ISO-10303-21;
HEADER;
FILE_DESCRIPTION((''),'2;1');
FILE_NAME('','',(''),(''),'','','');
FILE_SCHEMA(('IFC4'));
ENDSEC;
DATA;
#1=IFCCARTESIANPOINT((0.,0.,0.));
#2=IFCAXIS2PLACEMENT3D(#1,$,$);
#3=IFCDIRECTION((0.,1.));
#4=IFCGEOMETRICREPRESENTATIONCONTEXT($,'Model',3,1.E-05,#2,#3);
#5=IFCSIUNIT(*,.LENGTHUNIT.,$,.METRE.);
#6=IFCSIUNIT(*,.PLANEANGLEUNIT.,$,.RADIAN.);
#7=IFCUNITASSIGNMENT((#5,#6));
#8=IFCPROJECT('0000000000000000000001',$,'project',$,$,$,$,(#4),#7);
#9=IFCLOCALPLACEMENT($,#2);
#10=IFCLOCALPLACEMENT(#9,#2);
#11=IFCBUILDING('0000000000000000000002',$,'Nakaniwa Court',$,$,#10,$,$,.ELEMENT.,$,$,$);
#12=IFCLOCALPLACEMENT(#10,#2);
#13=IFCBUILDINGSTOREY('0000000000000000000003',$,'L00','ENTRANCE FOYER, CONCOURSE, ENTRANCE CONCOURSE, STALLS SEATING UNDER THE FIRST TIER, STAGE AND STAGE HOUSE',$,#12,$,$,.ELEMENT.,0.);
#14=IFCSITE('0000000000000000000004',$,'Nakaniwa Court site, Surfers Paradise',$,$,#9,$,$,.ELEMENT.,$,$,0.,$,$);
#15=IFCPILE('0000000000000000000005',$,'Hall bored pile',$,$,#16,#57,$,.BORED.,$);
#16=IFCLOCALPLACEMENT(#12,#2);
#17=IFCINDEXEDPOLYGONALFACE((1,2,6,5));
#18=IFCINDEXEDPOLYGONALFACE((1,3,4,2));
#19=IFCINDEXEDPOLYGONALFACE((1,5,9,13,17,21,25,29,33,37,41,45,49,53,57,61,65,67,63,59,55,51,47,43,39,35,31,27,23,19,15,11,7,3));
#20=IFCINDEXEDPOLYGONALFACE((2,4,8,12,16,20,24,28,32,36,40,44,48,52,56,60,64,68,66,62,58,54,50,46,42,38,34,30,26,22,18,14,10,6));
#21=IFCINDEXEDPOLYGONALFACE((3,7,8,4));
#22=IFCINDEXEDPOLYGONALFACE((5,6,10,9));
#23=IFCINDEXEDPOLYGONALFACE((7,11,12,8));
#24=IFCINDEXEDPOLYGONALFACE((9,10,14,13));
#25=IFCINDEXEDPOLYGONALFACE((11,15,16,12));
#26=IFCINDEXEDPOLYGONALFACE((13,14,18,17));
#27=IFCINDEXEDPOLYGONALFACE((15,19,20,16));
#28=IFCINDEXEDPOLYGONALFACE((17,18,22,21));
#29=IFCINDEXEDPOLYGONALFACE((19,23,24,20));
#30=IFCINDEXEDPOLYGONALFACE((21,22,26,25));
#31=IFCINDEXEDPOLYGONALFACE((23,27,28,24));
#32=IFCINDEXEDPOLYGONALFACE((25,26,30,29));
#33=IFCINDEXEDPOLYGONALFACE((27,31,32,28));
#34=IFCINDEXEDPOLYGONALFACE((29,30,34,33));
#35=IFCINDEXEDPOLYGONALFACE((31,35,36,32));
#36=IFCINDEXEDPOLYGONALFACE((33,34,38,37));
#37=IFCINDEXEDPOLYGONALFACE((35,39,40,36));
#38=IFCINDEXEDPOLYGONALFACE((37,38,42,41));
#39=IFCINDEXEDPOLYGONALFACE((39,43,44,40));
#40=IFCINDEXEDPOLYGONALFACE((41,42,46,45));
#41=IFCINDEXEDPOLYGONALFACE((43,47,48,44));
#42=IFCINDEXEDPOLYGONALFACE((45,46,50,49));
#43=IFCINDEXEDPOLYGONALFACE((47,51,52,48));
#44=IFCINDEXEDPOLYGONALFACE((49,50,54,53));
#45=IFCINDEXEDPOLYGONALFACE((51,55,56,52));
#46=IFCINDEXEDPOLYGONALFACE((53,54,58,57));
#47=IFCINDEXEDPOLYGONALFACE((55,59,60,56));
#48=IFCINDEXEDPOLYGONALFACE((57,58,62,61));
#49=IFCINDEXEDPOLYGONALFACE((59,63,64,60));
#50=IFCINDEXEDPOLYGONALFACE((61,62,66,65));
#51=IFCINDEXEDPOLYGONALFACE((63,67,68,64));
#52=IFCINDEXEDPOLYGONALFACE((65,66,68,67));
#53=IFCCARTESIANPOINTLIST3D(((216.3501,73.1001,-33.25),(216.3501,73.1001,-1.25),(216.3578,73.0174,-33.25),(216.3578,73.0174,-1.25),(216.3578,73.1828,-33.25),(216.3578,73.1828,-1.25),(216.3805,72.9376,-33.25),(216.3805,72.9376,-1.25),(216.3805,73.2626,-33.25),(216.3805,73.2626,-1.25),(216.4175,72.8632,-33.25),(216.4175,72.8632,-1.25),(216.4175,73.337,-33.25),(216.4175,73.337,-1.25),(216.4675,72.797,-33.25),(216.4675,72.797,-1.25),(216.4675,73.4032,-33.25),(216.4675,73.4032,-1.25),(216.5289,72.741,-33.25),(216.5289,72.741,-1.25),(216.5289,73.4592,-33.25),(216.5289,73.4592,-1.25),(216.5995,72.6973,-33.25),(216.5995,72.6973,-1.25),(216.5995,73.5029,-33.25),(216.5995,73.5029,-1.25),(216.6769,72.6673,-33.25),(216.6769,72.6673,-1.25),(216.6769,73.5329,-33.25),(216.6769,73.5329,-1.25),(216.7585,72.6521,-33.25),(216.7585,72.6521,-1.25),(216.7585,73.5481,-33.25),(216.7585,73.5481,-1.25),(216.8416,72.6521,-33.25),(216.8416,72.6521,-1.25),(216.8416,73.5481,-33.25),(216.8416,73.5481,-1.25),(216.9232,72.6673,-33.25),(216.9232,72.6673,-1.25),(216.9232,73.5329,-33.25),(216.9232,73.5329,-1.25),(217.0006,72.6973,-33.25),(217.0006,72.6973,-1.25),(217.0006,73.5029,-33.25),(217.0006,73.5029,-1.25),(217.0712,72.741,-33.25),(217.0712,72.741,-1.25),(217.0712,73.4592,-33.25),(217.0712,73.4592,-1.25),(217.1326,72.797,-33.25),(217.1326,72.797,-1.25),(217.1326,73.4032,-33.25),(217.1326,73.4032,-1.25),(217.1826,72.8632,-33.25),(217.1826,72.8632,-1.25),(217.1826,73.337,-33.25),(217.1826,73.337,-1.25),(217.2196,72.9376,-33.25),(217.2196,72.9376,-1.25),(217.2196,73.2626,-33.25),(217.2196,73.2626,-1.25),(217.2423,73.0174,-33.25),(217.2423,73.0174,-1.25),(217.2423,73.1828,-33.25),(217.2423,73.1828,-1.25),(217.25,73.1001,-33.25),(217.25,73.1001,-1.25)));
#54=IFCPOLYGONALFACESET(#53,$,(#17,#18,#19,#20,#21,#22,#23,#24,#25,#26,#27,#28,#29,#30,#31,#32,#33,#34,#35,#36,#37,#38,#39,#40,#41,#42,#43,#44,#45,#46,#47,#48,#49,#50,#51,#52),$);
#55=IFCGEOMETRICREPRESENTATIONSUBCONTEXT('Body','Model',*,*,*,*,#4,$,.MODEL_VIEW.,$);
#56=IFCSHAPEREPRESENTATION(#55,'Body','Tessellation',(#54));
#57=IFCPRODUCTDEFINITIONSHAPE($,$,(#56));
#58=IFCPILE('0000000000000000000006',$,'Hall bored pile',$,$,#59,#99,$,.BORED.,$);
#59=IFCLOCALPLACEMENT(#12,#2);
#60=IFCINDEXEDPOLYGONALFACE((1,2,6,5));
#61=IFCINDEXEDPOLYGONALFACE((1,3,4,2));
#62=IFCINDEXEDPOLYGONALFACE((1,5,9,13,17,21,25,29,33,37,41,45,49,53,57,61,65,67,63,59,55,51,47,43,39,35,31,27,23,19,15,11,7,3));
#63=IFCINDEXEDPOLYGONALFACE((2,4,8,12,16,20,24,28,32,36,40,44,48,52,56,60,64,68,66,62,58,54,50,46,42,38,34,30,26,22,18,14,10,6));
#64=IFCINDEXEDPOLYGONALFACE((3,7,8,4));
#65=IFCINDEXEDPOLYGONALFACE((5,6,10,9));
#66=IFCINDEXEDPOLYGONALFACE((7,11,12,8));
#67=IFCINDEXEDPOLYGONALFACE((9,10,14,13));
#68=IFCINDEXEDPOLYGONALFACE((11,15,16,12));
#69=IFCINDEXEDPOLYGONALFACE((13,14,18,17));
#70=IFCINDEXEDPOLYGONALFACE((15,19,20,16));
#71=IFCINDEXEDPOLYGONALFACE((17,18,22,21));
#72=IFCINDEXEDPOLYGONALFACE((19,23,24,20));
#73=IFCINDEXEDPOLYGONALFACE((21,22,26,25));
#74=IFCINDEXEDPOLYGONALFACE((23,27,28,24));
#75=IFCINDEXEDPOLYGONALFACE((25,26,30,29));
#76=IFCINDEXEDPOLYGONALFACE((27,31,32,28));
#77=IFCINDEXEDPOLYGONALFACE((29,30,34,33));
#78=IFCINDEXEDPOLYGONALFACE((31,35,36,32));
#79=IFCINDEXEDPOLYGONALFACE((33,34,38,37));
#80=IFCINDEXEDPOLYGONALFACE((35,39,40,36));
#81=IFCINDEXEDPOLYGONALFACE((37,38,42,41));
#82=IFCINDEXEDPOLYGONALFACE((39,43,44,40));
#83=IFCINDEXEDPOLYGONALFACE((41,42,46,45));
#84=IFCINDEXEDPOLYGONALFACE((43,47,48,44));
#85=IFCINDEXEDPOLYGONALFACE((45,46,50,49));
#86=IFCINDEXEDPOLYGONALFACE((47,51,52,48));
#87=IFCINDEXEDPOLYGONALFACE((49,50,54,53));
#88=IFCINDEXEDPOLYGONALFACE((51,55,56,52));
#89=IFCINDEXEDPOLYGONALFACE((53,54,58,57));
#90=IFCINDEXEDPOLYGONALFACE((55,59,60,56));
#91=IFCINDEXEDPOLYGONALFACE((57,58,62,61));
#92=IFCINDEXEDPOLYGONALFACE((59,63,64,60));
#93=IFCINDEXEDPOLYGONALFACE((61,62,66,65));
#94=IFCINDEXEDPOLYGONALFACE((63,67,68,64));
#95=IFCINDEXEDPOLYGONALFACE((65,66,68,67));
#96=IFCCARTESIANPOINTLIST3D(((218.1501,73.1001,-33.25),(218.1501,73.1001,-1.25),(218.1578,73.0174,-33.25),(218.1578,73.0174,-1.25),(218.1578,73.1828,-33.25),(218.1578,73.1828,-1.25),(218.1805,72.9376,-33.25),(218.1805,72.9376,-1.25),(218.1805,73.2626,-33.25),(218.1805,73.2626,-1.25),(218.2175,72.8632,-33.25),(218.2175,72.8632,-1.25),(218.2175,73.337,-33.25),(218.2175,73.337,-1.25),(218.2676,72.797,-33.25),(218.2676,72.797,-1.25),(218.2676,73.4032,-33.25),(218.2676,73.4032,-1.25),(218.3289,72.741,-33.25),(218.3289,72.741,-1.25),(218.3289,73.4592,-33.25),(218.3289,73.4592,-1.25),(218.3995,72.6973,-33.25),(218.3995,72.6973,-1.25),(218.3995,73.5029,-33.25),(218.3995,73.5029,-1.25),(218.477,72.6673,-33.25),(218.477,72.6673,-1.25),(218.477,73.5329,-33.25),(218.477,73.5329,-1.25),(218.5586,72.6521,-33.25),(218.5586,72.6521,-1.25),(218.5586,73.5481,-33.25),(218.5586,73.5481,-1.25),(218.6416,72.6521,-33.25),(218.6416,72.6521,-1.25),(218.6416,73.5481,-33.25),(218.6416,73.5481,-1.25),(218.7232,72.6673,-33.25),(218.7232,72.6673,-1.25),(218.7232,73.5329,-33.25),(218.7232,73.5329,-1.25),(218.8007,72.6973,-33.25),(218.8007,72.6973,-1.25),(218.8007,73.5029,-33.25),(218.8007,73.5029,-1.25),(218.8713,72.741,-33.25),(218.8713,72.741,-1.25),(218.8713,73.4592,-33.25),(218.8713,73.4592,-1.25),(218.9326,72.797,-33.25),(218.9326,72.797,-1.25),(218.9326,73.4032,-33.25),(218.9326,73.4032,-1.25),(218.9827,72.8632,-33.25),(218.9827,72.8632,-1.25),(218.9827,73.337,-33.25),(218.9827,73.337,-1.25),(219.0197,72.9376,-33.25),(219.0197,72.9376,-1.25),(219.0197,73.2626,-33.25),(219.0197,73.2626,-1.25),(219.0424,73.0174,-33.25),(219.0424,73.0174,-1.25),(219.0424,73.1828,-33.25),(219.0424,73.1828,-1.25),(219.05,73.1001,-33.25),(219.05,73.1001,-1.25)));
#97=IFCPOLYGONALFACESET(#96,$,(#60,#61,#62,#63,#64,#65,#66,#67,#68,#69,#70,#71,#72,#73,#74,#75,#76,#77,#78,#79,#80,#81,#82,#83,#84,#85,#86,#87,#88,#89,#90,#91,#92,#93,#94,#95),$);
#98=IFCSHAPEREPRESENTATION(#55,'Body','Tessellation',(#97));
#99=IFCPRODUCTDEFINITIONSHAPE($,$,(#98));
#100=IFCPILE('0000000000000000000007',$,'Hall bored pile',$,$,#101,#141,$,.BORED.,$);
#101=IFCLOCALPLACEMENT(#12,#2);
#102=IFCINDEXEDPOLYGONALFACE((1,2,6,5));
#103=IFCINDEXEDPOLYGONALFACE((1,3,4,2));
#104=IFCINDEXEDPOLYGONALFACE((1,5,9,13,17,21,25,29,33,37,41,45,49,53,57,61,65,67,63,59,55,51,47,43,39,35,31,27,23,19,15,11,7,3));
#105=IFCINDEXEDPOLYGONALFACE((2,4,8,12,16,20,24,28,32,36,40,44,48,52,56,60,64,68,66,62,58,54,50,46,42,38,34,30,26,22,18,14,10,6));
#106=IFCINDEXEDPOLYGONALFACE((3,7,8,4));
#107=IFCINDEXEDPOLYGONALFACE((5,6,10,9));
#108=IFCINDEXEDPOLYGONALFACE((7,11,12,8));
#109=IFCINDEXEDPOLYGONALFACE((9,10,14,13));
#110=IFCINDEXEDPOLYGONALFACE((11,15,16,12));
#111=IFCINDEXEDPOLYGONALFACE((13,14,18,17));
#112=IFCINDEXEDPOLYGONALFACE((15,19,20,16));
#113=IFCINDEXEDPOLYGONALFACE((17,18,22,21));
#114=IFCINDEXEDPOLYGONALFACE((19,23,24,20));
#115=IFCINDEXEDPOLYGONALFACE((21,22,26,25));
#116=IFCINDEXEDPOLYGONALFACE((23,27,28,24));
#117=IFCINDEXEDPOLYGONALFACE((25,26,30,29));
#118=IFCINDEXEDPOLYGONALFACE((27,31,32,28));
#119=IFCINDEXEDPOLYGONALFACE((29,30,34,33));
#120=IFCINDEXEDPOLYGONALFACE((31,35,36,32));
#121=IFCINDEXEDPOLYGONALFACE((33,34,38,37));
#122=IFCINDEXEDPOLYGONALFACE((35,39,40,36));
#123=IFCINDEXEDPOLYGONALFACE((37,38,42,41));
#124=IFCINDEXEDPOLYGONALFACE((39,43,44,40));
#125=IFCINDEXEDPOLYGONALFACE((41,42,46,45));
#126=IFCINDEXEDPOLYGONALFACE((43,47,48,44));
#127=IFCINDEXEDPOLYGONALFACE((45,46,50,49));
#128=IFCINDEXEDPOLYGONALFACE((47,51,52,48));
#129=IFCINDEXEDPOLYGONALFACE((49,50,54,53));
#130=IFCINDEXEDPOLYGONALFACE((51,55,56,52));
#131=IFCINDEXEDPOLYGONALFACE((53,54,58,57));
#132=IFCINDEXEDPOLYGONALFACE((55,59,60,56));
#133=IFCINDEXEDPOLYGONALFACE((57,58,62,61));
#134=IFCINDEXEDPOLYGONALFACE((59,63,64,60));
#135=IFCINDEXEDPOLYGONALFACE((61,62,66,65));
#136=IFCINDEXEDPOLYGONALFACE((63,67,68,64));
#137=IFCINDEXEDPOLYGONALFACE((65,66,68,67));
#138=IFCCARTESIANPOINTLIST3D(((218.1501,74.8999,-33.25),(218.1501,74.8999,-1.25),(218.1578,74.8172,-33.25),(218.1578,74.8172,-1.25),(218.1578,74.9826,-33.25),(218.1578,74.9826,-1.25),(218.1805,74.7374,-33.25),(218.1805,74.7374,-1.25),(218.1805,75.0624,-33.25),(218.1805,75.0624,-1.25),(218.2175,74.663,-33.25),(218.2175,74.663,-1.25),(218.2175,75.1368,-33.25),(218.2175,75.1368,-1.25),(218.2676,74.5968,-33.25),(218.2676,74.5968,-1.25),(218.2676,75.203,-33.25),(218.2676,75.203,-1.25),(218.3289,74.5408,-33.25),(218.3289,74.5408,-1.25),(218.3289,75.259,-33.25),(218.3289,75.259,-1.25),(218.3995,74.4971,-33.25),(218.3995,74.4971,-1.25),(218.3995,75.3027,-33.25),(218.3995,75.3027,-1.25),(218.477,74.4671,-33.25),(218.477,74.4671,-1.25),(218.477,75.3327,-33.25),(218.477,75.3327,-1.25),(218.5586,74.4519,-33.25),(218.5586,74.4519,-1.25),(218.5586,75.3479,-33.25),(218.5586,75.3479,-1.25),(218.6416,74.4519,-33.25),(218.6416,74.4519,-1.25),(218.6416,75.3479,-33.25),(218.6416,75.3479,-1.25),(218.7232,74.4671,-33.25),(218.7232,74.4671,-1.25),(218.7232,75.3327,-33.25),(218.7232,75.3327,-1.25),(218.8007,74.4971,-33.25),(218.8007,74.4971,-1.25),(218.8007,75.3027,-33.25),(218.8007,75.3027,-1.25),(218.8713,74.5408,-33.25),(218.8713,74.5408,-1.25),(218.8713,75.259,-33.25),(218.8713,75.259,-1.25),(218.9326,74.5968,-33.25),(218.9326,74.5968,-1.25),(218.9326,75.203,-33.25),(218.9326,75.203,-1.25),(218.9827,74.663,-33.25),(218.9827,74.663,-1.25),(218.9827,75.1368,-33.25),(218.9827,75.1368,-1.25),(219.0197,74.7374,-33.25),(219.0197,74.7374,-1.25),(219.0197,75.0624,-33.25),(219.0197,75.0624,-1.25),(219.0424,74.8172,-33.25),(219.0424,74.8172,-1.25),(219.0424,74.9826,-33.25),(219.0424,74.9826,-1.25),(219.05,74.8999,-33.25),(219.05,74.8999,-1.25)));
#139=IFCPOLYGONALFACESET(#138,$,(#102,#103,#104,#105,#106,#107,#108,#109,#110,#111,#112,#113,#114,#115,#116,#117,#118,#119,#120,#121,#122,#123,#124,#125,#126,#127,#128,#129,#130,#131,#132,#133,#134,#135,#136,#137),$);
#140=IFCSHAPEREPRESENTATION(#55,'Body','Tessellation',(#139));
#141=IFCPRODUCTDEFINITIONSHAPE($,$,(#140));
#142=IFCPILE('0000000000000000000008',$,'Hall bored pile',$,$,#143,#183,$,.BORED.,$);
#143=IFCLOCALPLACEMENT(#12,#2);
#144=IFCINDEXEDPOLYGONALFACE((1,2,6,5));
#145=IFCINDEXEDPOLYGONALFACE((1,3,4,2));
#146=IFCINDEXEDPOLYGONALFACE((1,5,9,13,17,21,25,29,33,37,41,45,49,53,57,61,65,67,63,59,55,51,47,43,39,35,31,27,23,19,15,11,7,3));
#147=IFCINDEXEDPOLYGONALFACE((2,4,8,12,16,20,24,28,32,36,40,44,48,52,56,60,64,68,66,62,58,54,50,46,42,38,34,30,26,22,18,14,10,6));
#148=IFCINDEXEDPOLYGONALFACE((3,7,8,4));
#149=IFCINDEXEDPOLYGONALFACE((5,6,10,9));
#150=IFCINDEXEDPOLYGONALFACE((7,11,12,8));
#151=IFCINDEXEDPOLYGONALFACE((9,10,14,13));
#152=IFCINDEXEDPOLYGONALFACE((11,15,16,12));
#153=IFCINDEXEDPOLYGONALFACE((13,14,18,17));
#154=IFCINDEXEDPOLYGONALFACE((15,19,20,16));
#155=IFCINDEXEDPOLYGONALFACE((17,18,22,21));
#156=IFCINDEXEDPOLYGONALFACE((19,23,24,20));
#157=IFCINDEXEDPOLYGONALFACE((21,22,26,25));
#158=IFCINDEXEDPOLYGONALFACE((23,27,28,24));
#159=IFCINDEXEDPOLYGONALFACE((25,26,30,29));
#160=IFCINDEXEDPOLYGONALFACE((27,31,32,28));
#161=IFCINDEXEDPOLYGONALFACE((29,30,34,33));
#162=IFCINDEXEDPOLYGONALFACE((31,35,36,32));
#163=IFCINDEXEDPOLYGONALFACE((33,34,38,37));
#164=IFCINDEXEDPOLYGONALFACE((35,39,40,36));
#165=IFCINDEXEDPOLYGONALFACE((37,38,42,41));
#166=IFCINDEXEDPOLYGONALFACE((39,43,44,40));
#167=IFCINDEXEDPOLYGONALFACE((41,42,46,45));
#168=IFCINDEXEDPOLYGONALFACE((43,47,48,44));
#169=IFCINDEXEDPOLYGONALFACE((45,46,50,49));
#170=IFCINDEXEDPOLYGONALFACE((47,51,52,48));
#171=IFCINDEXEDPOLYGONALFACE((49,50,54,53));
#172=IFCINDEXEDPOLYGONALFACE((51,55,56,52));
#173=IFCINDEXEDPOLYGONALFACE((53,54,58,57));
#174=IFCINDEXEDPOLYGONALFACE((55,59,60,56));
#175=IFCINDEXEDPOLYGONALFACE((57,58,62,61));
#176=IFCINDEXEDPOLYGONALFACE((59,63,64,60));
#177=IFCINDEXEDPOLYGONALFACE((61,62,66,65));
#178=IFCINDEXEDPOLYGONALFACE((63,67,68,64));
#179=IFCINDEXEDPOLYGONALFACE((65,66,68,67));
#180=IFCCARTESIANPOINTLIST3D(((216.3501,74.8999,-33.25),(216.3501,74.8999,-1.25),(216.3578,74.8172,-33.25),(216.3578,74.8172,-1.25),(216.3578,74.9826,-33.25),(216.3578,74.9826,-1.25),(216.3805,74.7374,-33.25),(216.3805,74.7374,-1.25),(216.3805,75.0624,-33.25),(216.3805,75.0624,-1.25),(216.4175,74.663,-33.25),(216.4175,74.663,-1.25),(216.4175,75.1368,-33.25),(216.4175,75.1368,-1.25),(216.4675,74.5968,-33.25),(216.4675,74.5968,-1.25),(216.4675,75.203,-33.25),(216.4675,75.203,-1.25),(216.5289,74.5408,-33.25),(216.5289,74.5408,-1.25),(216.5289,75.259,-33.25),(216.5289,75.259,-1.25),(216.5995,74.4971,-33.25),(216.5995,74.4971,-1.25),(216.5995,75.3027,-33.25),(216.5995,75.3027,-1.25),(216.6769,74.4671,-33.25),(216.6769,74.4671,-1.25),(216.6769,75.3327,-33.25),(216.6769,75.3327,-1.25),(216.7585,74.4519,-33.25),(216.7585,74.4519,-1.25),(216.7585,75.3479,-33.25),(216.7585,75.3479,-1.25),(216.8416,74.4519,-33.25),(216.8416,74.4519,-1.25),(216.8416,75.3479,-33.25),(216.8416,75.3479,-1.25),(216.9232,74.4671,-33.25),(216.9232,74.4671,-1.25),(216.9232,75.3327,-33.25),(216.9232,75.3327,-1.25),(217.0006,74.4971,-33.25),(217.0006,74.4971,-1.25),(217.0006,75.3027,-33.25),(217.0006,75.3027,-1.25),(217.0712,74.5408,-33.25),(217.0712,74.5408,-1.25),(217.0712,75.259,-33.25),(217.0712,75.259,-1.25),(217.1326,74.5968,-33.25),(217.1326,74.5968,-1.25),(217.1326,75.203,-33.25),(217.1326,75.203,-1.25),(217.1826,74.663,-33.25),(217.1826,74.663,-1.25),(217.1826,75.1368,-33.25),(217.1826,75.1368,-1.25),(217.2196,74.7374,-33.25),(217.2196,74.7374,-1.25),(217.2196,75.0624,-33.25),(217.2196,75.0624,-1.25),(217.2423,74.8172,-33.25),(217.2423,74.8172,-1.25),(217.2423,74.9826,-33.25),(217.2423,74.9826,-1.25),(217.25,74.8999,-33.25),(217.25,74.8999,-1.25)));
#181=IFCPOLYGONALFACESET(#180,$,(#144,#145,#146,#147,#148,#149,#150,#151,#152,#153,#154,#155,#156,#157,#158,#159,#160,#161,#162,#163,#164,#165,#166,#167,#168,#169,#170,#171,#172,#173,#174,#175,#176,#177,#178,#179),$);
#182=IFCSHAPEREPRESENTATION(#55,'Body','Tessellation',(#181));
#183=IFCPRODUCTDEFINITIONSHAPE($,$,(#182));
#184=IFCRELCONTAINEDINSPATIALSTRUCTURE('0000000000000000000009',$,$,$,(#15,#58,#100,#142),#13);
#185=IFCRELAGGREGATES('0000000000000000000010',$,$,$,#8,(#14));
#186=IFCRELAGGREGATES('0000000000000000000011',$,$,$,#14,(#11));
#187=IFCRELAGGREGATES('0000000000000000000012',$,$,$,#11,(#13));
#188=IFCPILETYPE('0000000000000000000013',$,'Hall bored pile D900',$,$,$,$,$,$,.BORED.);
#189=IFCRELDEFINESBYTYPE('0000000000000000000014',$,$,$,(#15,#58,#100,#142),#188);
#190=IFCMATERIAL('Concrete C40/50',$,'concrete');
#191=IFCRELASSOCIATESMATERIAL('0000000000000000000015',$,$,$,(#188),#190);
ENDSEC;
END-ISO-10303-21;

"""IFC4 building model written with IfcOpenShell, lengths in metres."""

from ifc_helpers import new_model, si_unit, direction, frame, origin, origin_2d, place, context, subcontext, project, spatial, circle, extrude, material, material_profile, profile_set, type_object, element, save


model = new_model("IFC4")

# Units and contexts
model_context = context("Model", 3, precision=1e-05, world=origin(), true_north=direction((0.0, 1.0)))
body_context = subcontext(model_context, "Body", "Model", "MODEL_VIEW")
ifc_project = project(units=[si_unit("LENGTHUNIT", "METRE"), si_unit("PLANEANGLEUNIT", "RADIAN")], contexts=[model_context])

# Site, building, storey
site_placement = place(None, origin())
site = spatial("IfcSite", under=ifc_project, at=site_placement, Name="Nakaniwa Court site, Surfers Paradise", CompositionType="ELEMENT", RefElevation=0.0)
building_placement = place(site_placement, origin())
building = spatial("IfcBuilding", under=site, at=building_placement, Name="Nakaniwa Court", CompositionType="ELEMENT")
storey_placement = place(building_placement, origin())
storey = spatial("IfcBuildingStorey", under=building, at=storey_placement, Name="L00", Description="ENTRANCE FOYER, CONCOURSE, ENTRANCE CONCOURSE, STALLS SEATING UNDER THE FIRST TIER, STAGE AND STAGE HOUSE", CompositionType="ELEMENT", Elevation=0.0)

# Piles
ifc_material_1 = material(Name="Concrete C40/50", Category="concrete")
ifc_material_profile_1 = material_profile(ifc_material_1, circle(Radius=0.45, at=origin_2d()), Name="Bored pile D900")
ifc_profile_set_1 = profile_set([ifc_material_profile_1], Name="Concrete C40/50")
pile_type = type_object("IfcPileType", Name="Hall bored pile D900", PredefinedType="BORED", material=ifc_profile_set_1)
for number, where, z_axis, x_axis, name in (
    (1, (216.8, 73.1001, -1.25), (0.0, 0.0, -1.0), (1.0, 0.0, 0.0), "Hall bored pile"),
    (2, (218.6001, 73.1001, -1.25), (0.0, 0.0, -1.0), (1.0, 0.0, 0.0), "Hall bored pile"),
    (3, (218.6001, 74.8999, -1.25), (0.0, 0.0, -1.0), (1.0, 0.0, 0.0), "Hall bored pile"),
    (4, (216.8, 74.8999, -1.25), (0.0, 0.0, -1.0), (1.0, 0.0, 0.0), "Hall bored pile"),
):
    element("IfcPile", number, at=place(storey_placement, frame(where, z_axis=z_axis, x_axis=x_axis)), inside=storey, type_object=pile_type, Name=name, PredefinedType="BORED", context=body_context, shape_type="SweptSolid", body=[
        extrude(circle(Radius=0.45, at=origin_2d()), origin(), (0.0, 0.0, 1.0), 32.0),
    ])

save(model, "model.ifc")
